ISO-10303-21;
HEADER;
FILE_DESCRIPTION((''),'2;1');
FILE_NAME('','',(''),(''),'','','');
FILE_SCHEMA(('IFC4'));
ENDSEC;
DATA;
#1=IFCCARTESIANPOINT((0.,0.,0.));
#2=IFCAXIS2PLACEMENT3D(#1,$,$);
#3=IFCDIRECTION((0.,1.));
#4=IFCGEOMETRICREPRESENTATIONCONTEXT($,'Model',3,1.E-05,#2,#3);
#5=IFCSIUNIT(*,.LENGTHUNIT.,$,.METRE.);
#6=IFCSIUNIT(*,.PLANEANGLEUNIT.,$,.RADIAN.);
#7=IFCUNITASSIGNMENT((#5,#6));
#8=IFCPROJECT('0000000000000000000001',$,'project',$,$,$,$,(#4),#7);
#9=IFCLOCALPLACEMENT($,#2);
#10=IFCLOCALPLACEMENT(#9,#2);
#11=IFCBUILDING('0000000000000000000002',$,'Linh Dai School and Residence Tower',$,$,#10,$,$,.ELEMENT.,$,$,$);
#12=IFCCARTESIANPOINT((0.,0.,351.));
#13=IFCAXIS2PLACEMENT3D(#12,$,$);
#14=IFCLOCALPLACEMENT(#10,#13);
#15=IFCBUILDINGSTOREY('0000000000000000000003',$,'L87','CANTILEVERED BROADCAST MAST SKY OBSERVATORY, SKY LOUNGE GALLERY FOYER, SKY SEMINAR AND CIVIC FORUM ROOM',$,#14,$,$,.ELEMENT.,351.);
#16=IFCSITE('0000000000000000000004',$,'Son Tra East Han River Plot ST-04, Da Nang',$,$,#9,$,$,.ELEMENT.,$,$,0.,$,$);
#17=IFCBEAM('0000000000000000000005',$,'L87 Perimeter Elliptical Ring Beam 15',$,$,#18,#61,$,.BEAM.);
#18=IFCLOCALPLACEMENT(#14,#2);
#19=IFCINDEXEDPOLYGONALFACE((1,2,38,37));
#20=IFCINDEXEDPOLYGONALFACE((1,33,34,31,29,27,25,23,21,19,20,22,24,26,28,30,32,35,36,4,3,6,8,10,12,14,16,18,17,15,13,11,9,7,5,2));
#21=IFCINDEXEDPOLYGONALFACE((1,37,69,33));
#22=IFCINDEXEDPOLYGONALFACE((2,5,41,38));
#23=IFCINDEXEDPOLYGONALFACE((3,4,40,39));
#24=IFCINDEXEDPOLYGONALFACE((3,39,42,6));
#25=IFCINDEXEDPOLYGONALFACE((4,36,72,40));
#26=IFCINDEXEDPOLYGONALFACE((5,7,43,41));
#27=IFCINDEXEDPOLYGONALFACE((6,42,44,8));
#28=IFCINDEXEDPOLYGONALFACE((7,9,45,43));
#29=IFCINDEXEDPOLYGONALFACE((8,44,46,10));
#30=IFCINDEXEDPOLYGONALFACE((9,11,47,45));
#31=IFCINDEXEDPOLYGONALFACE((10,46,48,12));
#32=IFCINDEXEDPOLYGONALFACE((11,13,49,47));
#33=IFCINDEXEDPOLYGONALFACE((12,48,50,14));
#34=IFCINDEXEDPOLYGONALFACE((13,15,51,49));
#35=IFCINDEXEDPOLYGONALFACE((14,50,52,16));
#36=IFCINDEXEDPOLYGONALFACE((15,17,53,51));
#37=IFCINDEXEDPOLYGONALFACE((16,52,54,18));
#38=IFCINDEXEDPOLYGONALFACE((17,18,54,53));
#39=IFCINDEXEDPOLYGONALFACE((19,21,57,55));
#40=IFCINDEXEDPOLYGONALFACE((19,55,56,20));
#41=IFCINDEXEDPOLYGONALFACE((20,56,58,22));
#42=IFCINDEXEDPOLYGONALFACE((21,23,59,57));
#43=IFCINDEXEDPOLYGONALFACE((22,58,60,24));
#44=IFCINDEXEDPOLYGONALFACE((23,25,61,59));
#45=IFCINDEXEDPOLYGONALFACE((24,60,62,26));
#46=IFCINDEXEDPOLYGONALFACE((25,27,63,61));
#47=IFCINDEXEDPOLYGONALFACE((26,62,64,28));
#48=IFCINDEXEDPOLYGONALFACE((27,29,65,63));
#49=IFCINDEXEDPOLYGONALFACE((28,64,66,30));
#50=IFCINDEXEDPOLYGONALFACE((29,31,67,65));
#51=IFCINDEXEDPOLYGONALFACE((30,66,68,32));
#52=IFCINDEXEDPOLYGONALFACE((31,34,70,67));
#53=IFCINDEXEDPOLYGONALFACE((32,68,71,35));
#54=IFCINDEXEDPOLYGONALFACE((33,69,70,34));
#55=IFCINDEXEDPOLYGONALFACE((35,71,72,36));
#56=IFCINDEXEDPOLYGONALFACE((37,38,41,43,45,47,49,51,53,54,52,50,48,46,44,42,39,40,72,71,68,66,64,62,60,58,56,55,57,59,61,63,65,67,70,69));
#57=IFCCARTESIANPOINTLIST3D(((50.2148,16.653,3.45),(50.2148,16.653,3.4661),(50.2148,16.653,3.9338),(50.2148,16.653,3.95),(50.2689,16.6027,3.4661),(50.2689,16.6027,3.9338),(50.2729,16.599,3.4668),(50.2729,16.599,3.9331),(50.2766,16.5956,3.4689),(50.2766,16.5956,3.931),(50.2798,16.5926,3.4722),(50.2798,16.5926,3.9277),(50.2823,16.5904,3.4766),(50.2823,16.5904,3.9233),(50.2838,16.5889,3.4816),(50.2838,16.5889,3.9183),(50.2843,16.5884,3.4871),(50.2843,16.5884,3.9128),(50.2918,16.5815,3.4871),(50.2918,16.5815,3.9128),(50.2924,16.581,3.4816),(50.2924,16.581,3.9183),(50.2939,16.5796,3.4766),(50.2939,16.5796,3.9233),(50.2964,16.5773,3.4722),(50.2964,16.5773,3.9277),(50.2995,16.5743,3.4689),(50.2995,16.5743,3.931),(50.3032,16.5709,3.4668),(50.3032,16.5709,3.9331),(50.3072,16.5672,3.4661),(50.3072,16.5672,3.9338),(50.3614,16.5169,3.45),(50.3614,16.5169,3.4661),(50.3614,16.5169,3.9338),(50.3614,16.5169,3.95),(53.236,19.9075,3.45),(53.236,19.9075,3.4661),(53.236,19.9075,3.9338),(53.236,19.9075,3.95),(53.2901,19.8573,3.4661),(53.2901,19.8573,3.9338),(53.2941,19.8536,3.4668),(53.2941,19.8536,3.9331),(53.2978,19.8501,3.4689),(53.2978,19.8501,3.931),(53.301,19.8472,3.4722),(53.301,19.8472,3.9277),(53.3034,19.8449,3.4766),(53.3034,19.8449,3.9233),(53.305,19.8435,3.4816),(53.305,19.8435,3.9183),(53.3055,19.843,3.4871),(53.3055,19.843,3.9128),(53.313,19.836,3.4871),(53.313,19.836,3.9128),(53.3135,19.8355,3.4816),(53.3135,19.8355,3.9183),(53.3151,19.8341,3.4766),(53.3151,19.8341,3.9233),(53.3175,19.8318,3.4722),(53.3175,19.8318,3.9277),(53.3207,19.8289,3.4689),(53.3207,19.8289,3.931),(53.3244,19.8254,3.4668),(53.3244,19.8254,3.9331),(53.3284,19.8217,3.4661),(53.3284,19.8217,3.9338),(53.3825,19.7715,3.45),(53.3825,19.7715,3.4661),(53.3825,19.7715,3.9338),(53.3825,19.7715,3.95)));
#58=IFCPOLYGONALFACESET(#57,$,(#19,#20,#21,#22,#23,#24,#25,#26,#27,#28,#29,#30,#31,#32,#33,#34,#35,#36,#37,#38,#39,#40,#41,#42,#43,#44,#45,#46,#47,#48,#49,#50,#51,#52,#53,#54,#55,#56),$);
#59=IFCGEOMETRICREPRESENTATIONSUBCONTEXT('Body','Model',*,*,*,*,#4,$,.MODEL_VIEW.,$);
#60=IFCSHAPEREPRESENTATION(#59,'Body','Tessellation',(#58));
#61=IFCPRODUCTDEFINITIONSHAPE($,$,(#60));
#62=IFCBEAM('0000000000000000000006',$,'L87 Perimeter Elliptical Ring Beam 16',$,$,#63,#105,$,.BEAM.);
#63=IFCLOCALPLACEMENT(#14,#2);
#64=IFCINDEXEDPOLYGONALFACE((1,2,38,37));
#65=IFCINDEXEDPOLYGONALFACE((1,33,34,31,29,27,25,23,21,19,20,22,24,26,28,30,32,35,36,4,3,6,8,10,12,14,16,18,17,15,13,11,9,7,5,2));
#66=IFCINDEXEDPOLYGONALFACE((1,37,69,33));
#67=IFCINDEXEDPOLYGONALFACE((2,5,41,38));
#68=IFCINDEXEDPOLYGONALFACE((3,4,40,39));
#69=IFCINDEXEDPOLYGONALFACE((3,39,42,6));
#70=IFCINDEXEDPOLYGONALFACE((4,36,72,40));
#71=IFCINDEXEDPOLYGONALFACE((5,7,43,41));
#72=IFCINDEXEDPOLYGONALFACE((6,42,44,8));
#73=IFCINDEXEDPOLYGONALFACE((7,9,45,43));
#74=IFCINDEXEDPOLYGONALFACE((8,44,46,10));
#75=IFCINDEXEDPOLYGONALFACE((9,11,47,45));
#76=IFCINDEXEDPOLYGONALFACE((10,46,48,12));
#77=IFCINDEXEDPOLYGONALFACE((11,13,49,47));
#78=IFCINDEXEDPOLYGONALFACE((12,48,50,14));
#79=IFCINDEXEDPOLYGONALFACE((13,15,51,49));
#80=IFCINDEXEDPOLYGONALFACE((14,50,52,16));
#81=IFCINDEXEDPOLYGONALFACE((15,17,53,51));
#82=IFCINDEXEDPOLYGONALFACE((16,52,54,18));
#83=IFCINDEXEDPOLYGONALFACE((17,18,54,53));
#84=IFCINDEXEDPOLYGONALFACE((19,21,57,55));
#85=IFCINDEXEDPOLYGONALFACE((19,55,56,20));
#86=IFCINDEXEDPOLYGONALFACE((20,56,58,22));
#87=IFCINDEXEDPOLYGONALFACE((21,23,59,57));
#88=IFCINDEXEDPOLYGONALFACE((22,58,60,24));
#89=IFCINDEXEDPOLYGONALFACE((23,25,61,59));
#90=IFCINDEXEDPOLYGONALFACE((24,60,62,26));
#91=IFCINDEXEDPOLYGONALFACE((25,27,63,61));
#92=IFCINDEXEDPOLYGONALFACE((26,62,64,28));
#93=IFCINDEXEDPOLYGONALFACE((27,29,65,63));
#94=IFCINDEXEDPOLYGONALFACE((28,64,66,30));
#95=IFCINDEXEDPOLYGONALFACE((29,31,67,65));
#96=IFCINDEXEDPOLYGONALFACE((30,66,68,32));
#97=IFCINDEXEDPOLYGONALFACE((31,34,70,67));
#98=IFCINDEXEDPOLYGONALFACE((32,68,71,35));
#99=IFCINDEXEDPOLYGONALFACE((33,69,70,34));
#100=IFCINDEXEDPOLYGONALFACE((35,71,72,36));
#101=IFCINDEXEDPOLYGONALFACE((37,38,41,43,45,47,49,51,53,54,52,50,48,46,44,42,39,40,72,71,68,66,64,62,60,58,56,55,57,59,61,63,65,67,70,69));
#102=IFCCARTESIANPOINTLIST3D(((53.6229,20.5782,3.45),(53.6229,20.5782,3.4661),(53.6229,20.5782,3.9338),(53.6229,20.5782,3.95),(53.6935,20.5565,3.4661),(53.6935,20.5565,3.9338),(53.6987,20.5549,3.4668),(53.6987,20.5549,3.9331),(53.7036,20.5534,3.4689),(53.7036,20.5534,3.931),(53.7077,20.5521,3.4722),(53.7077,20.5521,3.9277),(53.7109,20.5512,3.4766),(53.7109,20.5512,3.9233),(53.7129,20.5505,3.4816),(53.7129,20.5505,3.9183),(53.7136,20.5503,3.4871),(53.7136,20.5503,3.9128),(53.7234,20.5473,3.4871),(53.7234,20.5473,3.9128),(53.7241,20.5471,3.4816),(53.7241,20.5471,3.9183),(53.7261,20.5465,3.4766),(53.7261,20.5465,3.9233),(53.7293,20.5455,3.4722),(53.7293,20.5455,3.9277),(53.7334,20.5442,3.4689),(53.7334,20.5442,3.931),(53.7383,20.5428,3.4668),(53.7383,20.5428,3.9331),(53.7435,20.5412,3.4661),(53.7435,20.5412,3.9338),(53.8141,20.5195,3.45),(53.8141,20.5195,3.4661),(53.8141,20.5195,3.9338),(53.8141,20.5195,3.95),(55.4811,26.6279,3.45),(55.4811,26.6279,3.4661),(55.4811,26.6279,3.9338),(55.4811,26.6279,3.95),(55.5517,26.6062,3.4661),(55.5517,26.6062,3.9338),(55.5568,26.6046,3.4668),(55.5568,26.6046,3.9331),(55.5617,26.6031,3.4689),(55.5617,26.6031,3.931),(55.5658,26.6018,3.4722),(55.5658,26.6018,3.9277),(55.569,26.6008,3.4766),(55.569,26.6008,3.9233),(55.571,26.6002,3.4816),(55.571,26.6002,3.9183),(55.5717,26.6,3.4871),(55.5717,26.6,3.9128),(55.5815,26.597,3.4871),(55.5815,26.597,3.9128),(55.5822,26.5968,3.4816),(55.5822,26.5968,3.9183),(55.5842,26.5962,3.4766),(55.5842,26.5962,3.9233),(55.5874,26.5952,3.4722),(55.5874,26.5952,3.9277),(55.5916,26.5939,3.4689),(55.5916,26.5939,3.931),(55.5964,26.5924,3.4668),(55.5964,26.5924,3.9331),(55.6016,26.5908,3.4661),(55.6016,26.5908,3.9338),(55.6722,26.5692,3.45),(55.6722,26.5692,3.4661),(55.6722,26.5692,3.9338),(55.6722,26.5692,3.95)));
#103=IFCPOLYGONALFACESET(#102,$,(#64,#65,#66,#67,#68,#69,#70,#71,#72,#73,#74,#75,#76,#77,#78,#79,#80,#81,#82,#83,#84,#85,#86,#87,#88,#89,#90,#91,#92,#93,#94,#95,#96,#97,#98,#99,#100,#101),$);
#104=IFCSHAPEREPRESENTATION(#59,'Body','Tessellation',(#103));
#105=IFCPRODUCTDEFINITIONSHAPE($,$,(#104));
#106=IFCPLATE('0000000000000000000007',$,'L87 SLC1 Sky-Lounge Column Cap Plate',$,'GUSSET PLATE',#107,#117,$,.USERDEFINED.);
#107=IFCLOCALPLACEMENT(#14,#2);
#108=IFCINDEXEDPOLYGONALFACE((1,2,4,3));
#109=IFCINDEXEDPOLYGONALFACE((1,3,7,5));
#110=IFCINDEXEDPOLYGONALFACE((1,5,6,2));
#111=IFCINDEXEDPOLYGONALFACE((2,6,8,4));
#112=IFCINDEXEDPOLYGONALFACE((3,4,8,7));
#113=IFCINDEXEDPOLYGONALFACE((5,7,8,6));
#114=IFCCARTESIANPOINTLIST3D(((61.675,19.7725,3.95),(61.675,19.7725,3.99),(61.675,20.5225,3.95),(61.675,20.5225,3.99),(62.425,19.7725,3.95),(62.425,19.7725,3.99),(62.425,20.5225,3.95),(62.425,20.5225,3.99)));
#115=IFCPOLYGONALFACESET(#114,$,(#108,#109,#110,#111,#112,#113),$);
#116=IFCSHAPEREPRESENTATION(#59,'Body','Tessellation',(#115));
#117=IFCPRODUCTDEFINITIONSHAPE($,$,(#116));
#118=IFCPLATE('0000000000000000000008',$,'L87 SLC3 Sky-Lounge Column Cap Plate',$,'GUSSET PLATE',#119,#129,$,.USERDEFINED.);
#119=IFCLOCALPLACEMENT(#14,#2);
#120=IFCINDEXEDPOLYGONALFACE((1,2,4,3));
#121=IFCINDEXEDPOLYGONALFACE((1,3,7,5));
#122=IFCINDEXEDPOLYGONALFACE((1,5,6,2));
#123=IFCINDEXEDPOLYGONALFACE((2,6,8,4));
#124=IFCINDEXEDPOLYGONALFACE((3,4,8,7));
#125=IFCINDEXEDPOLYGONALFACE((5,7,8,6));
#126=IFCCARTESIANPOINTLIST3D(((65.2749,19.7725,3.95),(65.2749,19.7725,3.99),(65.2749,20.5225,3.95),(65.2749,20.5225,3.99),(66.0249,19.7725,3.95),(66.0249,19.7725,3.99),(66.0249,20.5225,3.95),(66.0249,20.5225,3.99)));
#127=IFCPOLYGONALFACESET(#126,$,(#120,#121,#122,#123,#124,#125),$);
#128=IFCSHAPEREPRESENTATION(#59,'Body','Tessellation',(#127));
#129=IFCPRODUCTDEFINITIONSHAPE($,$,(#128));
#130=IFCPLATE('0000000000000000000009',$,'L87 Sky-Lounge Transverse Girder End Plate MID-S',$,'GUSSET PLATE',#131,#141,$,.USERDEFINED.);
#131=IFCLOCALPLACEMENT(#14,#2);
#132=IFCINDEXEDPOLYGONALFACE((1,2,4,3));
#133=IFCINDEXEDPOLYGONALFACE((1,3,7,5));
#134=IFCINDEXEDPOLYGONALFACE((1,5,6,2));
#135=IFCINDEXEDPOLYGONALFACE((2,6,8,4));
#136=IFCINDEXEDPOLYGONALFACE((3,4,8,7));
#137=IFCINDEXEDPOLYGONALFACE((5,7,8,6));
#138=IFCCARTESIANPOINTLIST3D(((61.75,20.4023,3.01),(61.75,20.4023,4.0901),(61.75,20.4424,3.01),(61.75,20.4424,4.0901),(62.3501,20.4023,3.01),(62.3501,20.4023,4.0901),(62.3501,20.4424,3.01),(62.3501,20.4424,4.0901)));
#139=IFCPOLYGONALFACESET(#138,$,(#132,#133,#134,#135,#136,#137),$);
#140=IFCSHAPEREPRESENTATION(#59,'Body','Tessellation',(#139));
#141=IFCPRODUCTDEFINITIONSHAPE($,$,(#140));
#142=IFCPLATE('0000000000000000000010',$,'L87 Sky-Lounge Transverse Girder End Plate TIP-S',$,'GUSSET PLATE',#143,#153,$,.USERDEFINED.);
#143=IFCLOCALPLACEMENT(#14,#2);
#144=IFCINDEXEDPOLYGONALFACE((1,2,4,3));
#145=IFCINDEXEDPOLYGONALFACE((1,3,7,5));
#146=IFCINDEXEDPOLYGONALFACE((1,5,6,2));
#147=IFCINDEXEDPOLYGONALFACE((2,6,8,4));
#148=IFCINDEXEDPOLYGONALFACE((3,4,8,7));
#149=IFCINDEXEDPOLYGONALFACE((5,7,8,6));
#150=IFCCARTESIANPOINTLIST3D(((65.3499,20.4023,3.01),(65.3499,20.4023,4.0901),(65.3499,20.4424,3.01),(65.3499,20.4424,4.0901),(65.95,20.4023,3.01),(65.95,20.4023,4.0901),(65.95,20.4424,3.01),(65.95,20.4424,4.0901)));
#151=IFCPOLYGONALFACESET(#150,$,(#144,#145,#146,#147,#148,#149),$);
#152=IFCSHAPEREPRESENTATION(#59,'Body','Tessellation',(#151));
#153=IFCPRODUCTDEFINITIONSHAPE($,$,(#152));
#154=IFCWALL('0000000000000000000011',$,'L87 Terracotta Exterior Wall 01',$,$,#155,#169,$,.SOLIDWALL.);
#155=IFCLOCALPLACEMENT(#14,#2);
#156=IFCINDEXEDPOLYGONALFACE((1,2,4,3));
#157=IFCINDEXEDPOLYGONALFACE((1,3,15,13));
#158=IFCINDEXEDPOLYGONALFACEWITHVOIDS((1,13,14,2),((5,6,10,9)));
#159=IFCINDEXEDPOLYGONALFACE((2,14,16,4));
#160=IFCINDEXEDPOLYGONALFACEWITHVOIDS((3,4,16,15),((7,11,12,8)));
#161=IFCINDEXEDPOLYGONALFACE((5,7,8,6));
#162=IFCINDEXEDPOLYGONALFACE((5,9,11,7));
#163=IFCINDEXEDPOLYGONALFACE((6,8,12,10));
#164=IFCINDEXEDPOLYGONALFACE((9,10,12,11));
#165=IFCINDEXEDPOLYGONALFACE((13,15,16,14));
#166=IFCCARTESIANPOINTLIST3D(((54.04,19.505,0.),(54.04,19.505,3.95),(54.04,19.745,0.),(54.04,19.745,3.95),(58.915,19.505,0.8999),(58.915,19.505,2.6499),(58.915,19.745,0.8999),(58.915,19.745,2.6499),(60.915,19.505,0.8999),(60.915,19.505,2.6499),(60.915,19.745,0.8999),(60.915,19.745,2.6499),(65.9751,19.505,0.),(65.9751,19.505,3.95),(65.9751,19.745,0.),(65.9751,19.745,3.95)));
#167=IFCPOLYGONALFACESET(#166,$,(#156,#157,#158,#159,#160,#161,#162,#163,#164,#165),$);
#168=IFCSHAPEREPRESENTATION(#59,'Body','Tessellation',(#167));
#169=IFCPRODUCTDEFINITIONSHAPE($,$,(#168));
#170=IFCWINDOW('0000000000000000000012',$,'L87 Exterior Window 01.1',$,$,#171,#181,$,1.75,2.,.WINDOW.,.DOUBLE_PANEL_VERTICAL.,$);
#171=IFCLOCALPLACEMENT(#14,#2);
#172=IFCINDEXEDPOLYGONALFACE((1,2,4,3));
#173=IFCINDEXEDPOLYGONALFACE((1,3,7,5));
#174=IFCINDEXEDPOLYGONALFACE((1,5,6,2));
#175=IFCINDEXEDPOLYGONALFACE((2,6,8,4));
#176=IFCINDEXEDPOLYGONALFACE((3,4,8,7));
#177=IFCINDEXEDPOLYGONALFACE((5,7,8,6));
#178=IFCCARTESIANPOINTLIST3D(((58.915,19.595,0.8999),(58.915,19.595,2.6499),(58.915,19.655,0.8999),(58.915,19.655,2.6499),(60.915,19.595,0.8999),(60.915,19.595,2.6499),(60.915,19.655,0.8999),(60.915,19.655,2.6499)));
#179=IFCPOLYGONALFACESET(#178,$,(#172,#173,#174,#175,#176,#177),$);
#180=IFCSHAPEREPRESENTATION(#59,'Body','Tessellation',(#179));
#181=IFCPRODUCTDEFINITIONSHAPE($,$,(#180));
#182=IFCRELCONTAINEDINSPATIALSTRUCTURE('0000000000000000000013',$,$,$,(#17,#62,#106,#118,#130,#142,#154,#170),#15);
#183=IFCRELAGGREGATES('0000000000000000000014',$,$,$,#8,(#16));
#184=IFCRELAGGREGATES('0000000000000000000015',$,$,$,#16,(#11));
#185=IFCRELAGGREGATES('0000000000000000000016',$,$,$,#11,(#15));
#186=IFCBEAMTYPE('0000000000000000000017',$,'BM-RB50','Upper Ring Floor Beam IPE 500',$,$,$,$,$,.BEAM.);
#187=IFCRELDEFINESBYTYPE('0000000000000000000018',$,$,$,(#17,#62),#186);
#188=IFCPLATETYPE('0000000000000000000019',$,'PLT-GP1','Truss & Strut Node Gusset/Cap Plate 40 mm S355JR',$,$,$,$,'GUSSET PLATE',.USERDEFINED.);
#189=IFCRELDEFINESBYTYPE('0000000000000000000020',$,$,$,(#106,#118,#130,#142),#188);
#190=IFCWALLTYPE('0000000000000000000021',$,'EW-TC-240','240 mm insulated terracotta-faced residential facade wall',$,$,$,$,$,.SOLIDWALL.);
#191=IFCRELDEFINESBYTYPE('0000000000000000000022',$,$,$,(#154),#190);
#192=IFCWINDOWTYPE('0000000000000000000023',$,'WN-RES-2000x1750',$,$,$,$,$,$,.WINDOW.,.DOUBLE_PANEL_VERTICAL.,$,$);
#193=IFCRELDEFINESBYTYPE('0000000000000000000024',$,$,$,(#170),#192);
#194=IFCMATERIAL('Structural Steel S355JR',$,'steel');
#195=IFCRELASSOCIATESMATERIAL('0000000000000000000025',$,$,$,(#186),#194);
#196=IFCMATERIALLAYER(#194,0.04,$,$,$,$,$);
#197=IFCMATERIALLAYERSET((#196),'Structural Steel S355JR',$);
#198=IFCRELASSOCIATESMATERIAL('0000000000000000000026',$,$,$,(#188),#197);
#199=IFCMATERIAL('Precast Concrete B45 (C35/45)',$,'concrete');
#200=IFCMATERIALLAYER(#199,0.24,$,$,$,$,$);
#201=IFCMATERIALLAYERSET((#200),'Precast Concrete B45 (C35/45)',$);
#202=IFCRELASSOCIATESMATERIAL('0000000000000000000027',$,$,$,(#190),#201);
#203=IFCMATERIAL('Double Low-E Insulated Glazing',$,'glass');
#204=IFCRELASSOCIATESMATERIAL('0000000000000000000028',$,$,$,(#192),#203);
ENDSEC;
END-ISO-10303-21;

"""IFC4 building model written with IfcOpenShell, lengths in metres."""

from ifc_helpers import new_model, si_unit, direction, frame, frame_2d, origin, origin_2d, place, context, subcontext, project, spatial, rectangle, i_section, extrude, source, transform, mapped, material, layer, layer_set, material_profile, profile_set, type_object, element, fill, save


model = new_model("IFC4")

# Units and contexts
model_context = context("Model", 3, precision=1e-05, world=origin(), true_north=direction((0.0, 1.0)))
body_context = subcontext(model_context, "Body", "Model", "MODEL_VIEW")
ifc_project = project(units=[si_unit("LENGTHUNIT", "METRE"), si_unit("PLANEANGLEUNIT", "RADIAN")], contexts=[model_context])

# Site, building, storey
site_placement = place(None, origin())
site = spatial("IfcSite", under=ifc_project, at=site_placement, Name="Son Tra East Han River Plot ST-04, Da Nang", CompositionType="ELEMENT", RefElevation=0.0)
building_placement = place(site_placement, origin())
building = spatial("IfcBuilding", under=site, at=building_placement, Name="Linh Dai School and Residence Tower", CompositionType="ELEMENT")
storey_placement = place(building_placement, frame((0.0, 0.0, 351.0)))
storey = spatial("IfcBuildingStorey", under=building, at=storey_placement, Name="L87", Description="CANTILEVERED BROADCAST MAST SKY OBSERVATORY, SKY LOUNGE GALLERY FOYER, SKY SEMINAR AND CIVIC FORUM ROOM", CompositionType="ELEMENT", Elevation=351.0)

# Shared definitions
ifc_material_1 = material(Name="Structural Steel S355JR", Category="steel")

# Beams
ifc_material_profile_1 = material_profile(ifc_material_1, i_section(OverallWidth=0.2, OverallDepth=0.5, WebThickness=0.0103, FlangeThickness=0.0161, FilletRadius=0.021, at=origin_2d()), Name="IPE 500")
ifc_profile_set_1 = profile_set([ifc_material_profile_1], Name="Structural Steel S355JR")
beam_type_1 = type_object("IfcBeamType", Name="BM-RB50", Description="Upper Ring Floor Beam IPE 500", PredefinedType="BEAM", material=ifc_profile_set_1)
beam_1_placement = place(storey_placement, frame((50.2881, 16.585, 3.7), z_axis=(0.680339, 0.732897, 0.0), x_axis=(-0.732897, 0.680339, 0.0)))
element("IfcBeam", 1, at=beam_1_placement, inside=storey, type_object=beam_type_1, Name="L87 Perimeter Elliptical Ring Beam 15", PredefinedType="BEAM", context=body_context, shape_type="SweptSolid", body=[
    extrude(i_section(OverallWidth=0.2, OverallDepth=0.5, WebThickness=0.0103, FlangeThickness=0.0161, FilletRadius=0.021, at=origin_2d()), origin(), (0.0, 0.0, 1.0), 4.4407),
])
beam_2_placement = place(storey_placement, frame((53.7185, 20.5488, 3.7), z_axis=(0.293606, 0.955927, 0.0), x_axis=(-0.955927, 0.293606, 0.0)))
element("IfcBeam", 2, at=beam_2_placement, inside=storey, type_object=beam_type_1, Name="L87 Perimeter Elliptical Ring Beam 16", PredefinedType="BEAM", context=body_context, shape_type="SweptSolid", body=[
    extrude(i_section(OverallWidth=0.2, OverallDepth=0.5, WebThickness=0.0103, FlangeThickness=0.0161, FilletRadius=0.021, at=origin_2d()), origin(), (0.0, 0.0, 1.0), 6.3286),
])

# Plates
ifc_layer_1 = layer(ifc_material_1, 0.04)
ifc_layer_set_1 = layer_set([ifc_layer_1], Name="Structural Steel S355JR")
plate_type = type_object("IfcPlateType", Name="PLT-GP1", Description="Truss & Strut Node Gusset/Cap Plate 40 mm S355JR", ElementType="GUSSET PLATE", PredefinedType="USERDEFINED", material=ifc_layer_set_1)
shared_shape_1 = source(origin(), body_context, "Body", "SweptSolid", [
    extrude(rectangle(XDim=0.75, YDim=0.75, at=origin_2d()), origin(), (0.0, 0.0, 1.0), 0.04),
])
for number, where, z_axis, x_axis, name in (
    (3, (62.05, 20.1475, 3.95), (0.0, 0.0, 1.0), (1.0, 0.0, 0.0), "L87 SLC1 Sky-Lounge Column Cap Plate"),
    (4, (65.6499, 20.1475, 3.95), (0.0, 0.0, 1.0), (1.0, 0.0, 0.0), "L87 SLC3 Sky-Lounge Column Cap Plate"),
):
    element("IfcPlate", number, at=place(storey_placement, frame(where, z_axis=z_axis, x_axis=x_axis)), inside=storey, type_object=plate_type, Name=name, ObjectType="GUSSET PLATE", PredefinedType="USERDEFINED", context=body_context, shape_type="MappedRepresentation", body=[
        mapped(shared_shape_1, transform((0.0, 0.0, 0.0), x_axis=(1.0, 0.0, 0.0), y_axis=(0.0, 1.0, 0.0), z_axis=(0.0, 0.0, 1.0), scale=1.0)),
    ])
shared_shape_2 = source(origin(), body_context, "Body", "SweptSolid", [
    extrude(rectangle(XDim=0.6001, YDim=0.04, at=origin_2d()), origin(), (0.0, 0.0, 1.0), 1.0801),
])
for number, where, z_axis, x_axis, name in (
    (5, (62.05, 20.4224, 3.01), (0.0, 0.0, 1.0), (1.0, 0.0, 0.0), "L87 Sky-Lounge Transverse Girder End Plate MID-S"),
    (6, (65.6499, 20.4224, 3.01), (0.0, 0.0, 1.0), (1.0, 0.0, 0.0), "L87 Sky-Lounge Transverse Girder End Plate TIP-S"),
):
    element("IfcPlate", number, at=place(storey_placement, frame(where, z_axis=z_axis, x_axis=x_axis)), inside=storey, type_object=plate_type, Name=name, ObjectType="GUSSET PLATE", PredefinedType="USERDEFINED", context=body_context, shape_type="MappedRepresentation", body=[
        mapped(shared_shape_2, transform((0.0, 0.0, 0.0), x_axis=(1.0, 0.0, 0.0), y_axis=(0.0, 1.0, 0.0), z_axis=(0.0, 0.0, 1.0), scale=1.0)),
    ])

# Wall, opening, window
ifc_material_2 = material(Name="Precast Concrete B45 (C35/45)", Category="concrete")
ifc_layer_2 = layer(ifc_material_2, 0.24)
ifc_layer_set_2 = layer_set([ifc_layer_2], Name="Precast Concrete B45 (C35/45)")
wall_type_1 = type_object("IfcWallType", Name="EW-TC-240", Description="240 mm insulated terracotta-faced residential facade wall", PredefinedType="SOLIDWALL", material=ifc_layer_set_2)
wall_1_placement = place(storey_placement, frame((65.9751, 19.625, 0.0), z_axis=(0.0, 0.0, 1.0), x_axis=(-1.0, 0.0, 0.0)))
wall_1 = element("IfcWall", 7, at=wall_1_placement, inside=storey, type_object=wall_type_1, Name="L87 Terracotta Exterior Wall 01", PredefinedType="SOLIDWALL", context=body_context, shape_type="SweptSolid", body=[
    extrude(rectangle(XDim=11.9351, YDim=0.24, at=frame_2d((5.9675, 0.0))), origin(), (0.0, 0.0, 1.0), 3.95),
])
opening_1_placement = place(wall_1_placement, frame((5.0601, 0.0, 0.8999)))
opening_1 = element("IfcOpeningElement", 8, at=opening_1_placement, cuts=wall_1, PredefinedType="OPENING", context=body_context, shape_type="SweptSolid", body=[
    extrude(rectangle(XDim=2.0, YDim=1.75, at=origin_2d()), frame((1.0, 0.1299, 0.875), z_axis=(0.0, -1.0, 0.0), x_axis=(1.0, 0.0, 0.0)), (0.0, 0.0, 1.0), 0.26),
])
ifc_material_3 = material(Name="Double Low-E Insulated Glazing", Category="glass")
window_type_1 = type_object("IfcWindowType", Name="WN-RES-2000x1750", PartitioningType="DOUBLE_PANEL_VERTICAL", PredefinedType="WINDOW", material=ifc_material_3)
shared_shape_3 = source(origin(), body_context, "Body", "SweptSolid", [
    extrude(rectangle(XDim=2.0, YDim=1.75, at=origin_2d()), frame((1.0, 0.03, 0.875), z_axis=(0.0, -1.0, 0.0), x_axis=(1.0, 0.0, 0.0)), (0.0, 0.0, 1.0), 0.0601),
])
window_1_placement = place(opening_1_placement, origin())
window_1 = element("IfcWindow", 9, at=window_1_placement, inside=storey, type_object=window_type_1, Name="L87 Exterior Window 01.1", OverallHeight=1.75, OverallWidth=2.0, PartitioningType="DOUBLE_PANEL_VERTICAL", PredefinedType="WINDOW", context=body_context, shape_type="MappedRepresentation", body=[
    mapped(shared_shape_3, transform((0.0, 0.0, 0.0), x_axis=(1.0, 0.0, 0.0), y_axis=(0.0, 1.0, 0.0), z_axis=(0.0, 0.0, 1.0), scale=1.0)),
])
fill(opening_1, window_1)

save(model, "model.ifc")
